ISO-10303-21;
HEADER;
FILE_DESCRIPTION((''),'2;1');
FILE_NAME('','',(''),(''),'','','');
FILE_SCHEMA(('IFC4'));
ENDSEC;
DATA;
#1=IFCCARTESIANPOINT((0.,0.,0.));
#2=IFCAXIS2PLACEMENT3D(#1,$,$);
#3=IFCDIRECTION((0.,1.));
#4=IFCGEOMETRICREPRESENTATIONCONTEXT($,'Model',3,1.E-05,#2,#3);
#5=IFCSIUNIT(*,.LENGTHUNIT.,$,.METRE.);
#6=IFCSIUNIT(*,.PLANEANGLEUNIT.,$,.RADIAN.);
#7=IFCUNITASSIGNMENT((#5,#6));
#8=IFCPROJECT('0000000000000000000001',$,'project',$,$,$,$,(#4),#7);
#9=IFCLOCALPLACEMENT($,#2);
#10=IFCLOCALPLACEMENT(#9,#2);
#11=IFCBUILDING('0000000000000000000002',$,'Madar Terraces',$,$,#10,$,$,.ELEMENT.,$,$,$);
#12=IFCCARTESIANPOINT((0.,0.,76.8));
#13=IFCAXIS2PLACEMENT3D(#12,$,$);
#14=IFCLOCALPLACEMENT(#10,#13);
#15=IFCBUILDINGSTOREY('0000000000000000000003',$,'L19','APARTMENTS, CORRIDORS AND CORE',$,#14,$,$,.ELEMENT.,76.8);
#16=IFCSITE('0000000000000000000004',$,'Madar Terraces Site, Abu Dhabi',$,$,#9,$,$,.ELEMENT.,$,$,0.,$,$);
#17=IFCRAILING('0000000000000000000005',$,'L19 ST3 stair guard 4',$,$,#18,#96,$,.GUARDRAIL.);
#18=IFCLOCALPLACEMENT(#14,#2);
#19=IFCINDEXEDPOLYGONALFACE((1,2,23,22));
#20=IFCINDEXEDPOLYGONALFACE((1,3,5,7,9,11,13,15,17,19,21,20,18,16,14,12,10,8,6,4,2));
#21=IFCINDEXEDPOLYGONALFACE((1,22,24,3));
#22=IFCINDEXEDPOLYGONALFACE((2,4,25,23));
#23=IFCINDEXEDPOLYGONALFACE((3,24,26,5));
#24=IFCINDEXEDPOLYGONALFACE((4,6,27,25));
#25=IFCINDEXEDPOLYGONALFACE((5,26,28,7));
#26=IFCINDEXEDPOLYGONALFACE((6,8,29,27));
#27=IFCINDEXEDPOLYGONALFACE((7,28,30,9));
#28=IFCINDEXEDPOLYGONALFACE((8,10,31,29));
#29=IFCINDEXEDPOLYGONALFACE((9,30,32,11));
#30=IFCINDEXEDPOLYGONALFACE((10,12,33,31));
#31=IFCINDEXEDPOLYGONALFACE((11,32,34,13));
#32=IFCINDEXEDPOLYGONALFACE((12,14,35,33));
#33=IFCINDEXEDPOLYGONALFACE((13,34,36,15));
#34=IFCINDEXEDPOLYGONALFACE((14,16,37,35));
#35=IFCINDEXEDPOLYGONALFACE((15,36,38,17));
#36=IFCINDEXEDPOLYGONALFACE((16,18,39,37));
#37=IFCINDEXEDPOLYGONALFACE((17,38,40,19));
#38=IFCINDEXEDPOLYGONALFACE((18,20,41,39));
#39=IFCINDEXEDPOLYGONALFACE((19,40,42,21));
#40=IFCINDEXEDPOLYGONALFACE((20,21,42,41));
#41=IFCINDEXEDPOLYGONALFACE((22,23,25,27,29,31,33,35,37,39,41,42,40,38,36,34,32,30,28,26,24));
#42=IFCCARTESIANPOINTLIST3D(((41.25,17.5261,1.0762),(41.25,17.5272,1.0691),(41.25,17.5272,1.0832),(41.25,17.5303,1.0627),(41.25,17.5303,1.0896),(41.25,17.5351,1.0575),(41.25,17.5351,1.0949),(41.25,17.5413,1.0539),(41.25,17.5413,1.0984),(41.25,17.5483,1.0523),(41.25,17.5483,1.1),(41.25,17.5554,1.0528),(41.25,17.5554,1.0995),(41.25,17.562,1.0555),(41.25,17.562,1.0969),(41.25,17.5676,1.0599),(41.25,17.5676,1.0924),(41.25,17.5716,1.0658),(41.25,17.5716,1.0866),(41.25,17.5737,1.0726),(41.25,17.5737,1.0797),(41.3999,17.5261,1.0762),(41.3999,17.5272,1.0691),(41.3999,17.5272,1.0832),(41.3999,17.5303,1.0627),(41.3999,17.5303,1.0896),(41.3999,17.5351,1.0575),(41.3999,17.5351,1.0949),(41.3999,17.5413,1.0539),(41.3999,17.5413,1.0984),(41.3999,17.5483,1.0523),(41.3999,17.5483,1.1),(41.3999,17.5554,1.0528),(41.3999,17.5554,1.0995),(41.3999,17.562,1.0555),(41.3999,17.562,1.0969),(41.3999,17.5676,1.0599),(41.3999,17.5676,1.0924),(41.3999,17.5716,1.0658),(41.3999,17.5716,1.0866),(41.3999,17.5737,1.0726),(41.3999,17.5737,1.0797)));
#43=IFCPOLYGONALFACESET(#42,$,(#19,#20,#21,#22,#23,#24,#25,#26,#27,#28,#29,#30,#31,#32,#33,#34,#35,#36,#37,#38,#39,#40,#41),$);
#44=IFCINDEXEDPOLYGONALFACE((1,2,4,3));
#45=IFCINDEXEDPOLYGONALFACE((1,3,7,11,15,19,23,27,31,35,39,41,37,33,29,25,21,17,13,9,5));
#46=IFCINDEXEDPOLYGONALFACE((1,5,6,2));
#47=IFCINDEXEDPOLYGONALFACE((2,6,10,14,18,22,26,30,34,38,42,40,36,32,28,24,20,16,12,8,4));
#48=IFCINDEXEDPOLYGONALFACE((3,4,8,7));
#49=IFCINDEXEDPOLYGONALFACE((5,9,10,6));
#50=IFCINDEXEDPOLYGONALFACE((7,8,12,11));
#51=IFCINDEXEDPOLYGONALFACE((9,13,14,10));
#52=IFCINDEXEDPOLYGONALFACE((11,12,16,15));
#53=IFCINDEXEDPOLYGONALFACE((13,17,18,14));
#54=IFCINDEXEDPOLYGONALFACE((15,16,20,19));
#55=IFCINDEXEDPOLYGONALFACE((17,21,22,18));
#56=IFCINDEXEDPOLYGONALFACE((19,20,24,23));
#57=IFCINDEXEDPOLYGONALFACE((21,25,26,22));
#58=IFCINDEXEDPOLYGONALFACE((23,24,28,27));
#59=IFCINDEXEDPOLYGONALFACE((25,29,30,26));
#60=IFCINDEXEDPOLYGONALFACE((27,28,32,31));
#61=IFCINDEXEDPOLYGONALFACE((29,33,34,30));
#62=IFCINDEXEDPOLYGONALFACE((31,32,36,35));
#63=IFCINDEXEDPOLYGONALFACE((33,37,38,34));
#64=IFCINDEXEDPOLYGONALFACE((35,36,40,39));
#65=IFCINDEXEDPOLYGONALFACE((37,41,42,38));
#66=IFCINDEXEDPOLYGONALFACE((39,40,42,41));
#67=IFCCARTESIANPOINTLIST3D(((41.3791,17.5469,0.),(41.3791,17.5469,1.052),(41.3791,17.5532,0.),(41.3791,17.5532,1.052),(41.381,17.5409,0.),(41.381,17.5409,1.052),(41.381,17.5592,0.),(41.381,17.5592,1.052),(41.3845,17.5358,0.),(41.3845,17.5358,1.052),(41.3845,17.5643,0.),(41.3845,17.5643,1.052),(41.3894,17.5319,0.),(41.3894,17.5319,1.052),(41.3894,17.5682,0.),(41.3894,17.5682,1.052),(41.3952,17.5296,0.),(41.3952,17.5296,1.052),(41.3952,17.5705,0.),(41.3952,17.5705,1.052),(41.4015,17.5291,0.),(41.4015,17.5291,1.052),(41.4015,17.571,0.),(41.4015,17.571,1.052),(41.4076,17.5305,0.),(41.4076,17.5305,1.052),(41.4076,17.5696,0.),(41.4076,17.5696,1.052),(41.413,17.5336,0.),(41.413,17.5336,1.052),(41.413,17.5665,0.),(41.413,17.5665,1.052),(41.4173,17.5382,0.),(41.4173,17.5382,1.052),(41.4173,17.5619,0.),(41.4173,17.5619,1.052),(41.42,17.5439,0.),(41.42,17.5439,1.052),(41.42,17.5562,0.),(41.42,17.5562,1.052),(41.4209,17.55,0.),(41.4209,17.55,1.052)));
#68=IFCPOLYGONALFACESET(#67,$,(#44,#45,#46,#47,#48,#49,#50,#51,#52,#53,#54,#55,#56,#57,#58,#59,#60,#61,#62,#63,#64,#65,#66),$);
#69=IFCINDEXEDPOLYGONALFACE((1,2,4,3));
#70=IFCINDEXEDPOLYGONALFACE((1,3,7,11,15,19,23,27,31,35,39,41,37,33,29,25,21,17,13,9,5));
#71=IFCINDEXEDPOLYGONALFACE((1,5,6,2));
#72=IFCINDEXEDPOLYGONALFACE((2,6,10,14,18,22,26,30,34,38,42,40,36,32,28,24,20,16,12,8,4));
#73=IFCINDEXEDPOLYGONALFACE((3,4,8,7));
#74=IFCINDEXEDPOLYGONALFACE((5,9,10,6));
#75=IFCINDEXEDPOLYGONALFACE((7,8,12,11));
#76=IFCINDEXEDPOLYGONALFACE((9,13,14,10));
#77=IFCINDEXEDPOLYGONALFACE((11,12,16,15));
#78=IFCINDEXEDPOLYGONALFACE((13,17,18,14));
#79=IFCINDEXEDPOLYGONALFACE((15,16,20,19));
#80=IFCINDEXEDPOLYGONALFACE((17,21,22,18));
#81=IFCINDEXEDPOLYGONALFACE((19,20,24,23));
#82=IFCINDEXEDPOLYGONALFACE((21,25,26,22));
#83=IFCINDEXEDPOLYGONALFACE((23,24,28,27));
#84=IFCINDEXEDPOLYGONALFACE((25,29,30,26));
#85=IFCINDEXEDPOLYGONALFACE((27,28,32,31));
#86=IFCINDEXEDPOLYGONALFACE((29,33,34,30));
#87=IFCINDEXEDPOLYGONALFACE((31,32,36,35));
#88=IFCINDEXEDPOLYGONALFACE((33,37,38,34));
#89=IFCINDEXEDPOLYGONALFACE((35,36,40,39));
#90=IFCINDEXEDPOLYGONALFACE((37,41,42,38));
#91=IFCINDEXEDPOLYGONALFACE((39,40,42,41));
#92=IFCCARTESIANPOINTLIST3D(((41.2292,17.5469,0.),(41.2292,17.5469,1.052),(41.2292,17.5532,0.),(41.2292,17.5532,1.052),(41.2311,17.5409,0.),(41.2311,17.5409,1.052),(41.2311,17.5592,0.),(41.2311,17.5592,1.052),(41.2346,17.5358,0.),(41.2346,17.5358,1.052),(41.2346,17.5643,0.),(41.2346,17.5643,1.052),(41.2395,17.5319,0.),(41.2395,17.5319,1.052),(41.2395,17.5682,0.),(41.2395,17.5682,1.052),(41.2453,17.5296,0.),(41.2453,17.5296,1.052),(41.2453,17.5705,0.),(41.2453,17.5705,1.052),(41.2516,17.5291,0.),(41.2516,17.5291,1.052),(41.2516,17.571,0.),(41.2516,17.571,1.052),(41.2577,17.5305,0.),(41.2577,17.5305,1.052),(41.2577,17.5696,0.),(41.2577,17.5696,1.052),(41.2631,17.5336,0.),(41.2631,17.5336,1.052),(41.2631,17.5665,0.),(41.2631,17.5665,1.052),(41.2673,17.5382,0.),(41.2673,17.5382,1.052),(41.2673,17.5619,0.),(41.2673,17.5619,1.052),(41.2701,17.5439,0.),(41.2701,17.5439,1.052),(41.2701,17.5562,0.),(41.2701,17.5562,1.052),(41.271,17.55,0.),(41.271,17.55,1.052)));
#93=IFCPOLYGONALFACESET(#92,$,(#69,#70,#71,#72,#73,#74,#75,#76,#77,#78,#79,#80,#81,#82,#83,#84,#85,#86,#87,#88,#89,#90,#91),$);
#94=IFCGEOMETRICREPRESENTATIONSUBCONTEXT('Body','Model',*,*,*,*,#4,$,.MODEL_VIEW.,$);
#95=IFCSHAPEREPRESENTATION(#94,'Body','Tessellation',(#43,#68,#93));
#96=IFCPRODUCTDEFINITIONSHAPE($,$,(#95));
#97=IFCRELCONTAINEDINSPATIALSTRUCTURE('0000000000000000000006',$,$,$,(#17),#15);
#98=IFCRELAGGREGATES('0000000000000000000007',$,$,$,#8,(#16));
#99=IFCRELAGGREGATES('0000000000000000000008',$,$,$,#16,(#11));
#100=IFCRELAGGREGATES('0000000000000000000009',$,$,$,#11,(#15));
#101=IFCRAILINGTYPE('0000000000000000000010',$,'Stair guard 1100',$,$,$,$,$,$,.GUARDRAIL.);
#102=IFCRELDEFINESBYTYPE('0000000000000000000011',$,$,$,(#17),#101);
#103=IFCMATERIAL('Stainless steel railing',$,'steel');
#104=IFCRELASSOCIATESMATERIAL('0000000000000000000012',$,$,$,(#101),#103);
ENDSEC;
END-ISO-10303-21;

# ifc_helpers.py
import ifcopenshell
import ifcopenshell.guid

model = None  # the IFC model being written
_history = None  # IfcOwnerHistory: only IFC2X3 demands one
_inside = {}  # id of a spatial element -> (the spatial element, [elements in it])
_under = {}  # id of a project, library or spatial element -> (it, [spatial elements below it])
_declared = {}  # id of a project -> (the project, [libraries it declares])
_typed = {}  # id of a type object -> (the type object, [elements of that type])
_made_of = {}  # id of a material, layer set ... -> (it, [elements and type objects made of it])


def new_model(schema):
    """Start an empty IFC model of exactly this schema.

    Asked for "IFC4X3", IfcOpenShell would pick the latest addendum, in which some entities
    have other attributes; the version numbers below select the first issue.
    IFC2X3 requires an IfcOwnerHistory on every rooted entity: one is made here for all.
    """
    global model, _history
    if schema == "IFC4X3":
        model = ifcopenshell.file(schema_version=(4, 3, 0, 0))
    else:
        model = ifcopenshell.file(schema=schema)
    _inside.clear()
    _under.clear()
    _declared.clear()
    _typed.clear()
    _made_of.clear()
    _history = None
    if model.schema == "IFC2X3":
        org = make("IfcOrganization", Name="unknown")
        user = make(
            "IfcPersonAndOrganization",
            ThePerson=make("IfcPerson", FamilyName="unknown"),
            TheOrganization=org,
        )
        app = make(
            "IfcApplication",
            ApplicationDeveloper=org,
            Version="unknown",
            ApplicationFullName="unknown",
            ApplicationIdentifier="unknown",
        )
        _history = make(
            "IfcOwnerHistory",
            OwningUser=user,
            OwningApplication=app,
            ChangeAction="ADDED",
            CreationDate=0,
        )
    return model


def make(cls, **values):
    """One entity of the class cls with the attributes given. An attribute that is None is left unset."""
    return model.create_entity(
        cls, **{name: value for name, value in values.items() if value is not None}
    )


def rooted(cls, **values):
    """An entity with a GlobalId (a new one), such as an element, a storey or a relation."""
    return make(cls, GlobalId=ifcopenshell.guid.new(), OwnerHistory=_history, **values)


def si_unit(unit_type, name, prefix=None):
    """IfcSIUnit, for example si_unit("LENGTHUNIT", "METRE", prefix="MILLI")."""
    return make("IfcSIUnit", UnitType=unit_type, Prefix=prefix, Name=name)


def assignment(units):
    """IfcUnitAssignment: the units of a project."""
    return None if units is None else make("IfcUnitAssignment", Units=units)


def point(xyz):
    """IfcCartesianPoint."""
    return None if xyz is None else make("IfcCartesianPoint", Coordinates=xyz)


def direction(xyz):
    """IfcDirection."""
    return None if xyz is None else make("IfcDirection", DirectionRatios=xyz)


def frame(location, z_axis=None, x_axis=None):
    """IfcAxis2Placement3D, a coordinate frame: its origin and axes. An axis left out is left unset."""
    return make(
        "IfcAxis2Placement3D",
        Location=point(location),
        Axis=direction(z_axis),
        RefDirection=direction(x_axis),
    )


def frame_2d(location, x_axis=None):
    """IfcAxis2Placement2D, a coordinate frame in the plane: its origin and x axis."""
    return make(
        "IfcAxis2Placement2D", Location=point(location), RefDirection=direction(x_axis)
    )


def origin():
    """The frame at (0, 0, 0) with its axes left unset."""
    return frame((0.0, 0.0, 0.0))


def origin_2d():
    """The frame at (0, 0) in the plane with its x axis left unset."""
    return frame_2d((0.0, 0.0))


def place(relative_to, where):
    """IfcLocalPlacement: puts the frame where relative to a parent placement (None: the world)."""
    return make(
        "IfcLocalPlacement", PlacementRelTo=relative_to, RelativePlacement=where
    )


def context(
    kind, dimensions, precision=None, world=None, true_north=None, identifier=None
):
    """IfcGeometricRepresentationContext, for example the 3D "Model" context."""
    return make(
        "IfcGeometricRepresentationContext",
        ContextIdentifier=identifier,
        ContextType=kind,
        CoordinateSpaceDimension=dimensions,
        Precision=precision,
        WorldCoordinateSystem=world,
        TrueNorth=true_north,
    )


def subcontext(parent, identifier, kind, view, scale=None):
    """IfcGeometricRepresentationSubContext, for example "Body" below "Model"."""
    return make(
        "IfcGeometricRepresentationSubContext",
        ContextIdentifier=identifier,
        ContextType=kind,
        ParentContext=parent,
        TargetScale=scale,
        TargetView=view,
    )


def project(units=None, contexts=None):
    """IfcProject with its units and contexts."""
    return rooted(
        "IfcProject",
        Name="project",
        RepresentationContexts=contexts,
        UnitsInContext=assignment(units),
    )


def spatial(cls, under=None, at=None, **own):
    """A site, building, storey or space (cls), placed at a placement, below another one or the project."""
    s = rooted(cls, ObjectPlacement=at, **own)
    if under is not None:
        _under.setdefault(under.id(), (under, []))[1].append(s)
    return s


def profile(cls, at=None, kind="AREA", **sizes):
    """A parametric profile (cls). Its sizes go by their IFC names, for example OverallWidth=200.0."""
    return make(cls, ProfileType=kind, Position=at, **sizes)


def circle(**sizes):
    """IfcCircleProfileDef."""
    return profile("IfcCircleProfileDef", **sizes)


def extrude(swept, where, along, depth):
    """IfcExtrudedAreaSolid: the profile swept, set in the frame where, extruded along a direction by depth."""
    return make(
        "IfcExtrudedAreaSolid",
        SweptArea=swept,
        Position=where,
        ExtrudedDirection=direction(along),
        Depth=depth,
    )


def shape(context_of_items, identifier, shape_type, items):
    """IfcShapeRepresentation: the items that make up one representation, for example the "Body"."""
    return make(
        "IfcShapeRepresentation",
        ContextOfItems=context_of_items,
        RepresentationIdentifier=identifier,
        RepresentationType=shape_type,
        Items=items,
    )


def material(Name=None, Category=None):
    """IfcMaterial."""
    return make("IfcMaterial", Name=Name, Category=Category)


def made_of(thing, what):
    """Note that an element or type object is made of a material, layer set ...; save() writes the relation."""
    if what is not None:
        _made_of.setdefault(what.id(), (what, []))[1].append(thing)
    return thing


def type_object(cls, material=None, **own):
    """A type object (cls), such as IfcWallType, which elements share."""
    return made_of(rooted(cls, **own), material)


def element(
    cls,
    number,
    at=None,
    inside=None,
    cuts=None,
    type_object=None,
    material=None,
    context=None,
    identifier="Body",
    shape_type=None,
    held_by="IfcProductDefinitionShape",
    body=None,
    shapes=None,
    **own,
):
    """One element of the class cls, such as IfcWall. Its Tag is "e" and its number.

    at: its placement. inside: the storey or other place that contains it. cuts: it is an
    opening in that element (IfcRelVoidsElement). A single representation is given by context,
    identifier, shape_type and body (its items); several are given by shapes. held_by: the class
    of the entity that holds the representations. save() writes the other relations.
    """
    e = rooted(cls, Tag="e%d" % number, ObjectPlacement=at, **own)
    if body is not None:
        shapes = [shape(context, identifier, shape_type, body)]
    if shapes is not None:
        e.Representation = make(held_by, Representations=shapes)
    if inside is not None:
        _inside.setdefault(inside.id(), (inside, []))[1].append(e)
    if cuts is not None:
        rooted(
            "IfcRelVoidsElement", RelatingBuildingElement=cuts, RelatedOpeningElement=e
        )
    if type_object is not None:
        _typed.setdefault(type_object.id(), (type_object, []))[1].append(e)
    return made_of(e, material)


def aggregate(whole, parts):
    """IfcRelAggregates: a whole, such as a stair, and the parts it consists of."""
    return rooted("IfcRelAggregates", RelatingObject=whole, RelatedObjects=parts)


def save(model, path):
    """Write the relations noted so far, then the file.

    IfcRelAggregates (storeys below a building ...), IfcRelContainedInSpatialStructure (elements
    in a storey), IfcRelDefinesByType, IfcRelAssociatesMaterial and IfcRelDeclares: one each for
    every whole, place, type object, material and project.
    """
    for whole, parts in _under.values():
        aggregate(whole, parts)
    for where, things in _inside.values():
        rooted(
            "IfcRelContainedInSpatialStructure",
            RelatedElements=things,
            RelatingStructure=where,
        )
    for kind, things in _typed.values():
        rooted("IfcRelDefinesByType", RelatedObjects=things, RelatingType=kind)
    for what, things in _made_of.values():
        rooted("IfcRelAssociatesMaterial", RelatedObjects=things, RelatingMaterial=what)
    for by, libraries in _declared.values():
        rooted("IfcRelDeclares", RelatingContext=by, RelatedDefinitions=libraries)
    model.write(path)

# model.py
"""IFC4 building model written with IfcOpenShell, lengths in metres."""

from ifc_helpers import new_model, si_unit, direction, frame, origin, origin_2d, place, context, subcontext, project, spatial, circle, extrude, material, type_object, element, save


model = new_model("IFC4")

# Units and contexts
model_context = context("Model", 3, precision=1e-05, world=origin(), true_north=direction((0.0, 1.0)))
body_context = subcontext(model_context, "Body", "Model", "MODEL_VIEW")
ifc_project = project(units=[si_unit("LENGTHUNIT", "METRE"), si_unit("PLANEANGLEUNIT", "RADIAN")], contexts=[model_context])

# Site, building, storey
site_placement = place(None, origin())
site = spatial("IfcSite", under=ifc_project, at=site_placement, Name="Madar Terraces Site, Abu Dhabi", CompositionType="ELEMENT", RefElevation=0.0)
building_placement = place(site_placement, origin())
building = spatial("IfcBuilding", under=site, at=building_placement, Name="Madar Terraces", CompositionType="ELEMENT")
storey_placement = place(building_placement, frame((0.0, 0.0, 76.8)))
storey = spatial("IfcBuildingStorey", under=building, at=storey_placement, Name="L19", Description="APARTMENTS, CORRIDORS AND CORE", CompositionType="ELEMENT", Elevation=76.8)

# Railing
ifc_material_1 = material(Name="Stainless steel railing", Category="steel")
railing_type_1 = type_object("IfcRailingType", Name="Stair guard 1100", PredefinedType="GUARDRAIL", material=ifc_material_1)
railing_1_placement = place(storey_placement, frame((41.3999, 17.55, 0.0)))
element("IfcRailing", 1, at=railing_1_placement, inside=storey, type_object=railing_type_1, Name="L19 ST3 stair guard 4", PredefinedType="GUARDRAIL", context=body_context, shape_type="SweptSolid", body=[
    extrude(circle(Radius=0.0239, at=origin_2d()), frame((0.0, 0.0, 1.0762), z_axis=(-1.0, 0.0, 0.0), x_axis=(0.0, -1.0, 0.0)), (0.0, 0.0, 1.0), 0.1499),
    extrude(circle(Radius=0.021, at=origin_2d()), origin(), (0.0, 0.0, 1.0), 1.052),
    extrude(circle(Radius=0.021, at=origin_2d()), frame((-0.1499, 0.0, 0.0)), (0.0, 0.0, 1.0), 1.052),
])

save(model, "model.ifc")
